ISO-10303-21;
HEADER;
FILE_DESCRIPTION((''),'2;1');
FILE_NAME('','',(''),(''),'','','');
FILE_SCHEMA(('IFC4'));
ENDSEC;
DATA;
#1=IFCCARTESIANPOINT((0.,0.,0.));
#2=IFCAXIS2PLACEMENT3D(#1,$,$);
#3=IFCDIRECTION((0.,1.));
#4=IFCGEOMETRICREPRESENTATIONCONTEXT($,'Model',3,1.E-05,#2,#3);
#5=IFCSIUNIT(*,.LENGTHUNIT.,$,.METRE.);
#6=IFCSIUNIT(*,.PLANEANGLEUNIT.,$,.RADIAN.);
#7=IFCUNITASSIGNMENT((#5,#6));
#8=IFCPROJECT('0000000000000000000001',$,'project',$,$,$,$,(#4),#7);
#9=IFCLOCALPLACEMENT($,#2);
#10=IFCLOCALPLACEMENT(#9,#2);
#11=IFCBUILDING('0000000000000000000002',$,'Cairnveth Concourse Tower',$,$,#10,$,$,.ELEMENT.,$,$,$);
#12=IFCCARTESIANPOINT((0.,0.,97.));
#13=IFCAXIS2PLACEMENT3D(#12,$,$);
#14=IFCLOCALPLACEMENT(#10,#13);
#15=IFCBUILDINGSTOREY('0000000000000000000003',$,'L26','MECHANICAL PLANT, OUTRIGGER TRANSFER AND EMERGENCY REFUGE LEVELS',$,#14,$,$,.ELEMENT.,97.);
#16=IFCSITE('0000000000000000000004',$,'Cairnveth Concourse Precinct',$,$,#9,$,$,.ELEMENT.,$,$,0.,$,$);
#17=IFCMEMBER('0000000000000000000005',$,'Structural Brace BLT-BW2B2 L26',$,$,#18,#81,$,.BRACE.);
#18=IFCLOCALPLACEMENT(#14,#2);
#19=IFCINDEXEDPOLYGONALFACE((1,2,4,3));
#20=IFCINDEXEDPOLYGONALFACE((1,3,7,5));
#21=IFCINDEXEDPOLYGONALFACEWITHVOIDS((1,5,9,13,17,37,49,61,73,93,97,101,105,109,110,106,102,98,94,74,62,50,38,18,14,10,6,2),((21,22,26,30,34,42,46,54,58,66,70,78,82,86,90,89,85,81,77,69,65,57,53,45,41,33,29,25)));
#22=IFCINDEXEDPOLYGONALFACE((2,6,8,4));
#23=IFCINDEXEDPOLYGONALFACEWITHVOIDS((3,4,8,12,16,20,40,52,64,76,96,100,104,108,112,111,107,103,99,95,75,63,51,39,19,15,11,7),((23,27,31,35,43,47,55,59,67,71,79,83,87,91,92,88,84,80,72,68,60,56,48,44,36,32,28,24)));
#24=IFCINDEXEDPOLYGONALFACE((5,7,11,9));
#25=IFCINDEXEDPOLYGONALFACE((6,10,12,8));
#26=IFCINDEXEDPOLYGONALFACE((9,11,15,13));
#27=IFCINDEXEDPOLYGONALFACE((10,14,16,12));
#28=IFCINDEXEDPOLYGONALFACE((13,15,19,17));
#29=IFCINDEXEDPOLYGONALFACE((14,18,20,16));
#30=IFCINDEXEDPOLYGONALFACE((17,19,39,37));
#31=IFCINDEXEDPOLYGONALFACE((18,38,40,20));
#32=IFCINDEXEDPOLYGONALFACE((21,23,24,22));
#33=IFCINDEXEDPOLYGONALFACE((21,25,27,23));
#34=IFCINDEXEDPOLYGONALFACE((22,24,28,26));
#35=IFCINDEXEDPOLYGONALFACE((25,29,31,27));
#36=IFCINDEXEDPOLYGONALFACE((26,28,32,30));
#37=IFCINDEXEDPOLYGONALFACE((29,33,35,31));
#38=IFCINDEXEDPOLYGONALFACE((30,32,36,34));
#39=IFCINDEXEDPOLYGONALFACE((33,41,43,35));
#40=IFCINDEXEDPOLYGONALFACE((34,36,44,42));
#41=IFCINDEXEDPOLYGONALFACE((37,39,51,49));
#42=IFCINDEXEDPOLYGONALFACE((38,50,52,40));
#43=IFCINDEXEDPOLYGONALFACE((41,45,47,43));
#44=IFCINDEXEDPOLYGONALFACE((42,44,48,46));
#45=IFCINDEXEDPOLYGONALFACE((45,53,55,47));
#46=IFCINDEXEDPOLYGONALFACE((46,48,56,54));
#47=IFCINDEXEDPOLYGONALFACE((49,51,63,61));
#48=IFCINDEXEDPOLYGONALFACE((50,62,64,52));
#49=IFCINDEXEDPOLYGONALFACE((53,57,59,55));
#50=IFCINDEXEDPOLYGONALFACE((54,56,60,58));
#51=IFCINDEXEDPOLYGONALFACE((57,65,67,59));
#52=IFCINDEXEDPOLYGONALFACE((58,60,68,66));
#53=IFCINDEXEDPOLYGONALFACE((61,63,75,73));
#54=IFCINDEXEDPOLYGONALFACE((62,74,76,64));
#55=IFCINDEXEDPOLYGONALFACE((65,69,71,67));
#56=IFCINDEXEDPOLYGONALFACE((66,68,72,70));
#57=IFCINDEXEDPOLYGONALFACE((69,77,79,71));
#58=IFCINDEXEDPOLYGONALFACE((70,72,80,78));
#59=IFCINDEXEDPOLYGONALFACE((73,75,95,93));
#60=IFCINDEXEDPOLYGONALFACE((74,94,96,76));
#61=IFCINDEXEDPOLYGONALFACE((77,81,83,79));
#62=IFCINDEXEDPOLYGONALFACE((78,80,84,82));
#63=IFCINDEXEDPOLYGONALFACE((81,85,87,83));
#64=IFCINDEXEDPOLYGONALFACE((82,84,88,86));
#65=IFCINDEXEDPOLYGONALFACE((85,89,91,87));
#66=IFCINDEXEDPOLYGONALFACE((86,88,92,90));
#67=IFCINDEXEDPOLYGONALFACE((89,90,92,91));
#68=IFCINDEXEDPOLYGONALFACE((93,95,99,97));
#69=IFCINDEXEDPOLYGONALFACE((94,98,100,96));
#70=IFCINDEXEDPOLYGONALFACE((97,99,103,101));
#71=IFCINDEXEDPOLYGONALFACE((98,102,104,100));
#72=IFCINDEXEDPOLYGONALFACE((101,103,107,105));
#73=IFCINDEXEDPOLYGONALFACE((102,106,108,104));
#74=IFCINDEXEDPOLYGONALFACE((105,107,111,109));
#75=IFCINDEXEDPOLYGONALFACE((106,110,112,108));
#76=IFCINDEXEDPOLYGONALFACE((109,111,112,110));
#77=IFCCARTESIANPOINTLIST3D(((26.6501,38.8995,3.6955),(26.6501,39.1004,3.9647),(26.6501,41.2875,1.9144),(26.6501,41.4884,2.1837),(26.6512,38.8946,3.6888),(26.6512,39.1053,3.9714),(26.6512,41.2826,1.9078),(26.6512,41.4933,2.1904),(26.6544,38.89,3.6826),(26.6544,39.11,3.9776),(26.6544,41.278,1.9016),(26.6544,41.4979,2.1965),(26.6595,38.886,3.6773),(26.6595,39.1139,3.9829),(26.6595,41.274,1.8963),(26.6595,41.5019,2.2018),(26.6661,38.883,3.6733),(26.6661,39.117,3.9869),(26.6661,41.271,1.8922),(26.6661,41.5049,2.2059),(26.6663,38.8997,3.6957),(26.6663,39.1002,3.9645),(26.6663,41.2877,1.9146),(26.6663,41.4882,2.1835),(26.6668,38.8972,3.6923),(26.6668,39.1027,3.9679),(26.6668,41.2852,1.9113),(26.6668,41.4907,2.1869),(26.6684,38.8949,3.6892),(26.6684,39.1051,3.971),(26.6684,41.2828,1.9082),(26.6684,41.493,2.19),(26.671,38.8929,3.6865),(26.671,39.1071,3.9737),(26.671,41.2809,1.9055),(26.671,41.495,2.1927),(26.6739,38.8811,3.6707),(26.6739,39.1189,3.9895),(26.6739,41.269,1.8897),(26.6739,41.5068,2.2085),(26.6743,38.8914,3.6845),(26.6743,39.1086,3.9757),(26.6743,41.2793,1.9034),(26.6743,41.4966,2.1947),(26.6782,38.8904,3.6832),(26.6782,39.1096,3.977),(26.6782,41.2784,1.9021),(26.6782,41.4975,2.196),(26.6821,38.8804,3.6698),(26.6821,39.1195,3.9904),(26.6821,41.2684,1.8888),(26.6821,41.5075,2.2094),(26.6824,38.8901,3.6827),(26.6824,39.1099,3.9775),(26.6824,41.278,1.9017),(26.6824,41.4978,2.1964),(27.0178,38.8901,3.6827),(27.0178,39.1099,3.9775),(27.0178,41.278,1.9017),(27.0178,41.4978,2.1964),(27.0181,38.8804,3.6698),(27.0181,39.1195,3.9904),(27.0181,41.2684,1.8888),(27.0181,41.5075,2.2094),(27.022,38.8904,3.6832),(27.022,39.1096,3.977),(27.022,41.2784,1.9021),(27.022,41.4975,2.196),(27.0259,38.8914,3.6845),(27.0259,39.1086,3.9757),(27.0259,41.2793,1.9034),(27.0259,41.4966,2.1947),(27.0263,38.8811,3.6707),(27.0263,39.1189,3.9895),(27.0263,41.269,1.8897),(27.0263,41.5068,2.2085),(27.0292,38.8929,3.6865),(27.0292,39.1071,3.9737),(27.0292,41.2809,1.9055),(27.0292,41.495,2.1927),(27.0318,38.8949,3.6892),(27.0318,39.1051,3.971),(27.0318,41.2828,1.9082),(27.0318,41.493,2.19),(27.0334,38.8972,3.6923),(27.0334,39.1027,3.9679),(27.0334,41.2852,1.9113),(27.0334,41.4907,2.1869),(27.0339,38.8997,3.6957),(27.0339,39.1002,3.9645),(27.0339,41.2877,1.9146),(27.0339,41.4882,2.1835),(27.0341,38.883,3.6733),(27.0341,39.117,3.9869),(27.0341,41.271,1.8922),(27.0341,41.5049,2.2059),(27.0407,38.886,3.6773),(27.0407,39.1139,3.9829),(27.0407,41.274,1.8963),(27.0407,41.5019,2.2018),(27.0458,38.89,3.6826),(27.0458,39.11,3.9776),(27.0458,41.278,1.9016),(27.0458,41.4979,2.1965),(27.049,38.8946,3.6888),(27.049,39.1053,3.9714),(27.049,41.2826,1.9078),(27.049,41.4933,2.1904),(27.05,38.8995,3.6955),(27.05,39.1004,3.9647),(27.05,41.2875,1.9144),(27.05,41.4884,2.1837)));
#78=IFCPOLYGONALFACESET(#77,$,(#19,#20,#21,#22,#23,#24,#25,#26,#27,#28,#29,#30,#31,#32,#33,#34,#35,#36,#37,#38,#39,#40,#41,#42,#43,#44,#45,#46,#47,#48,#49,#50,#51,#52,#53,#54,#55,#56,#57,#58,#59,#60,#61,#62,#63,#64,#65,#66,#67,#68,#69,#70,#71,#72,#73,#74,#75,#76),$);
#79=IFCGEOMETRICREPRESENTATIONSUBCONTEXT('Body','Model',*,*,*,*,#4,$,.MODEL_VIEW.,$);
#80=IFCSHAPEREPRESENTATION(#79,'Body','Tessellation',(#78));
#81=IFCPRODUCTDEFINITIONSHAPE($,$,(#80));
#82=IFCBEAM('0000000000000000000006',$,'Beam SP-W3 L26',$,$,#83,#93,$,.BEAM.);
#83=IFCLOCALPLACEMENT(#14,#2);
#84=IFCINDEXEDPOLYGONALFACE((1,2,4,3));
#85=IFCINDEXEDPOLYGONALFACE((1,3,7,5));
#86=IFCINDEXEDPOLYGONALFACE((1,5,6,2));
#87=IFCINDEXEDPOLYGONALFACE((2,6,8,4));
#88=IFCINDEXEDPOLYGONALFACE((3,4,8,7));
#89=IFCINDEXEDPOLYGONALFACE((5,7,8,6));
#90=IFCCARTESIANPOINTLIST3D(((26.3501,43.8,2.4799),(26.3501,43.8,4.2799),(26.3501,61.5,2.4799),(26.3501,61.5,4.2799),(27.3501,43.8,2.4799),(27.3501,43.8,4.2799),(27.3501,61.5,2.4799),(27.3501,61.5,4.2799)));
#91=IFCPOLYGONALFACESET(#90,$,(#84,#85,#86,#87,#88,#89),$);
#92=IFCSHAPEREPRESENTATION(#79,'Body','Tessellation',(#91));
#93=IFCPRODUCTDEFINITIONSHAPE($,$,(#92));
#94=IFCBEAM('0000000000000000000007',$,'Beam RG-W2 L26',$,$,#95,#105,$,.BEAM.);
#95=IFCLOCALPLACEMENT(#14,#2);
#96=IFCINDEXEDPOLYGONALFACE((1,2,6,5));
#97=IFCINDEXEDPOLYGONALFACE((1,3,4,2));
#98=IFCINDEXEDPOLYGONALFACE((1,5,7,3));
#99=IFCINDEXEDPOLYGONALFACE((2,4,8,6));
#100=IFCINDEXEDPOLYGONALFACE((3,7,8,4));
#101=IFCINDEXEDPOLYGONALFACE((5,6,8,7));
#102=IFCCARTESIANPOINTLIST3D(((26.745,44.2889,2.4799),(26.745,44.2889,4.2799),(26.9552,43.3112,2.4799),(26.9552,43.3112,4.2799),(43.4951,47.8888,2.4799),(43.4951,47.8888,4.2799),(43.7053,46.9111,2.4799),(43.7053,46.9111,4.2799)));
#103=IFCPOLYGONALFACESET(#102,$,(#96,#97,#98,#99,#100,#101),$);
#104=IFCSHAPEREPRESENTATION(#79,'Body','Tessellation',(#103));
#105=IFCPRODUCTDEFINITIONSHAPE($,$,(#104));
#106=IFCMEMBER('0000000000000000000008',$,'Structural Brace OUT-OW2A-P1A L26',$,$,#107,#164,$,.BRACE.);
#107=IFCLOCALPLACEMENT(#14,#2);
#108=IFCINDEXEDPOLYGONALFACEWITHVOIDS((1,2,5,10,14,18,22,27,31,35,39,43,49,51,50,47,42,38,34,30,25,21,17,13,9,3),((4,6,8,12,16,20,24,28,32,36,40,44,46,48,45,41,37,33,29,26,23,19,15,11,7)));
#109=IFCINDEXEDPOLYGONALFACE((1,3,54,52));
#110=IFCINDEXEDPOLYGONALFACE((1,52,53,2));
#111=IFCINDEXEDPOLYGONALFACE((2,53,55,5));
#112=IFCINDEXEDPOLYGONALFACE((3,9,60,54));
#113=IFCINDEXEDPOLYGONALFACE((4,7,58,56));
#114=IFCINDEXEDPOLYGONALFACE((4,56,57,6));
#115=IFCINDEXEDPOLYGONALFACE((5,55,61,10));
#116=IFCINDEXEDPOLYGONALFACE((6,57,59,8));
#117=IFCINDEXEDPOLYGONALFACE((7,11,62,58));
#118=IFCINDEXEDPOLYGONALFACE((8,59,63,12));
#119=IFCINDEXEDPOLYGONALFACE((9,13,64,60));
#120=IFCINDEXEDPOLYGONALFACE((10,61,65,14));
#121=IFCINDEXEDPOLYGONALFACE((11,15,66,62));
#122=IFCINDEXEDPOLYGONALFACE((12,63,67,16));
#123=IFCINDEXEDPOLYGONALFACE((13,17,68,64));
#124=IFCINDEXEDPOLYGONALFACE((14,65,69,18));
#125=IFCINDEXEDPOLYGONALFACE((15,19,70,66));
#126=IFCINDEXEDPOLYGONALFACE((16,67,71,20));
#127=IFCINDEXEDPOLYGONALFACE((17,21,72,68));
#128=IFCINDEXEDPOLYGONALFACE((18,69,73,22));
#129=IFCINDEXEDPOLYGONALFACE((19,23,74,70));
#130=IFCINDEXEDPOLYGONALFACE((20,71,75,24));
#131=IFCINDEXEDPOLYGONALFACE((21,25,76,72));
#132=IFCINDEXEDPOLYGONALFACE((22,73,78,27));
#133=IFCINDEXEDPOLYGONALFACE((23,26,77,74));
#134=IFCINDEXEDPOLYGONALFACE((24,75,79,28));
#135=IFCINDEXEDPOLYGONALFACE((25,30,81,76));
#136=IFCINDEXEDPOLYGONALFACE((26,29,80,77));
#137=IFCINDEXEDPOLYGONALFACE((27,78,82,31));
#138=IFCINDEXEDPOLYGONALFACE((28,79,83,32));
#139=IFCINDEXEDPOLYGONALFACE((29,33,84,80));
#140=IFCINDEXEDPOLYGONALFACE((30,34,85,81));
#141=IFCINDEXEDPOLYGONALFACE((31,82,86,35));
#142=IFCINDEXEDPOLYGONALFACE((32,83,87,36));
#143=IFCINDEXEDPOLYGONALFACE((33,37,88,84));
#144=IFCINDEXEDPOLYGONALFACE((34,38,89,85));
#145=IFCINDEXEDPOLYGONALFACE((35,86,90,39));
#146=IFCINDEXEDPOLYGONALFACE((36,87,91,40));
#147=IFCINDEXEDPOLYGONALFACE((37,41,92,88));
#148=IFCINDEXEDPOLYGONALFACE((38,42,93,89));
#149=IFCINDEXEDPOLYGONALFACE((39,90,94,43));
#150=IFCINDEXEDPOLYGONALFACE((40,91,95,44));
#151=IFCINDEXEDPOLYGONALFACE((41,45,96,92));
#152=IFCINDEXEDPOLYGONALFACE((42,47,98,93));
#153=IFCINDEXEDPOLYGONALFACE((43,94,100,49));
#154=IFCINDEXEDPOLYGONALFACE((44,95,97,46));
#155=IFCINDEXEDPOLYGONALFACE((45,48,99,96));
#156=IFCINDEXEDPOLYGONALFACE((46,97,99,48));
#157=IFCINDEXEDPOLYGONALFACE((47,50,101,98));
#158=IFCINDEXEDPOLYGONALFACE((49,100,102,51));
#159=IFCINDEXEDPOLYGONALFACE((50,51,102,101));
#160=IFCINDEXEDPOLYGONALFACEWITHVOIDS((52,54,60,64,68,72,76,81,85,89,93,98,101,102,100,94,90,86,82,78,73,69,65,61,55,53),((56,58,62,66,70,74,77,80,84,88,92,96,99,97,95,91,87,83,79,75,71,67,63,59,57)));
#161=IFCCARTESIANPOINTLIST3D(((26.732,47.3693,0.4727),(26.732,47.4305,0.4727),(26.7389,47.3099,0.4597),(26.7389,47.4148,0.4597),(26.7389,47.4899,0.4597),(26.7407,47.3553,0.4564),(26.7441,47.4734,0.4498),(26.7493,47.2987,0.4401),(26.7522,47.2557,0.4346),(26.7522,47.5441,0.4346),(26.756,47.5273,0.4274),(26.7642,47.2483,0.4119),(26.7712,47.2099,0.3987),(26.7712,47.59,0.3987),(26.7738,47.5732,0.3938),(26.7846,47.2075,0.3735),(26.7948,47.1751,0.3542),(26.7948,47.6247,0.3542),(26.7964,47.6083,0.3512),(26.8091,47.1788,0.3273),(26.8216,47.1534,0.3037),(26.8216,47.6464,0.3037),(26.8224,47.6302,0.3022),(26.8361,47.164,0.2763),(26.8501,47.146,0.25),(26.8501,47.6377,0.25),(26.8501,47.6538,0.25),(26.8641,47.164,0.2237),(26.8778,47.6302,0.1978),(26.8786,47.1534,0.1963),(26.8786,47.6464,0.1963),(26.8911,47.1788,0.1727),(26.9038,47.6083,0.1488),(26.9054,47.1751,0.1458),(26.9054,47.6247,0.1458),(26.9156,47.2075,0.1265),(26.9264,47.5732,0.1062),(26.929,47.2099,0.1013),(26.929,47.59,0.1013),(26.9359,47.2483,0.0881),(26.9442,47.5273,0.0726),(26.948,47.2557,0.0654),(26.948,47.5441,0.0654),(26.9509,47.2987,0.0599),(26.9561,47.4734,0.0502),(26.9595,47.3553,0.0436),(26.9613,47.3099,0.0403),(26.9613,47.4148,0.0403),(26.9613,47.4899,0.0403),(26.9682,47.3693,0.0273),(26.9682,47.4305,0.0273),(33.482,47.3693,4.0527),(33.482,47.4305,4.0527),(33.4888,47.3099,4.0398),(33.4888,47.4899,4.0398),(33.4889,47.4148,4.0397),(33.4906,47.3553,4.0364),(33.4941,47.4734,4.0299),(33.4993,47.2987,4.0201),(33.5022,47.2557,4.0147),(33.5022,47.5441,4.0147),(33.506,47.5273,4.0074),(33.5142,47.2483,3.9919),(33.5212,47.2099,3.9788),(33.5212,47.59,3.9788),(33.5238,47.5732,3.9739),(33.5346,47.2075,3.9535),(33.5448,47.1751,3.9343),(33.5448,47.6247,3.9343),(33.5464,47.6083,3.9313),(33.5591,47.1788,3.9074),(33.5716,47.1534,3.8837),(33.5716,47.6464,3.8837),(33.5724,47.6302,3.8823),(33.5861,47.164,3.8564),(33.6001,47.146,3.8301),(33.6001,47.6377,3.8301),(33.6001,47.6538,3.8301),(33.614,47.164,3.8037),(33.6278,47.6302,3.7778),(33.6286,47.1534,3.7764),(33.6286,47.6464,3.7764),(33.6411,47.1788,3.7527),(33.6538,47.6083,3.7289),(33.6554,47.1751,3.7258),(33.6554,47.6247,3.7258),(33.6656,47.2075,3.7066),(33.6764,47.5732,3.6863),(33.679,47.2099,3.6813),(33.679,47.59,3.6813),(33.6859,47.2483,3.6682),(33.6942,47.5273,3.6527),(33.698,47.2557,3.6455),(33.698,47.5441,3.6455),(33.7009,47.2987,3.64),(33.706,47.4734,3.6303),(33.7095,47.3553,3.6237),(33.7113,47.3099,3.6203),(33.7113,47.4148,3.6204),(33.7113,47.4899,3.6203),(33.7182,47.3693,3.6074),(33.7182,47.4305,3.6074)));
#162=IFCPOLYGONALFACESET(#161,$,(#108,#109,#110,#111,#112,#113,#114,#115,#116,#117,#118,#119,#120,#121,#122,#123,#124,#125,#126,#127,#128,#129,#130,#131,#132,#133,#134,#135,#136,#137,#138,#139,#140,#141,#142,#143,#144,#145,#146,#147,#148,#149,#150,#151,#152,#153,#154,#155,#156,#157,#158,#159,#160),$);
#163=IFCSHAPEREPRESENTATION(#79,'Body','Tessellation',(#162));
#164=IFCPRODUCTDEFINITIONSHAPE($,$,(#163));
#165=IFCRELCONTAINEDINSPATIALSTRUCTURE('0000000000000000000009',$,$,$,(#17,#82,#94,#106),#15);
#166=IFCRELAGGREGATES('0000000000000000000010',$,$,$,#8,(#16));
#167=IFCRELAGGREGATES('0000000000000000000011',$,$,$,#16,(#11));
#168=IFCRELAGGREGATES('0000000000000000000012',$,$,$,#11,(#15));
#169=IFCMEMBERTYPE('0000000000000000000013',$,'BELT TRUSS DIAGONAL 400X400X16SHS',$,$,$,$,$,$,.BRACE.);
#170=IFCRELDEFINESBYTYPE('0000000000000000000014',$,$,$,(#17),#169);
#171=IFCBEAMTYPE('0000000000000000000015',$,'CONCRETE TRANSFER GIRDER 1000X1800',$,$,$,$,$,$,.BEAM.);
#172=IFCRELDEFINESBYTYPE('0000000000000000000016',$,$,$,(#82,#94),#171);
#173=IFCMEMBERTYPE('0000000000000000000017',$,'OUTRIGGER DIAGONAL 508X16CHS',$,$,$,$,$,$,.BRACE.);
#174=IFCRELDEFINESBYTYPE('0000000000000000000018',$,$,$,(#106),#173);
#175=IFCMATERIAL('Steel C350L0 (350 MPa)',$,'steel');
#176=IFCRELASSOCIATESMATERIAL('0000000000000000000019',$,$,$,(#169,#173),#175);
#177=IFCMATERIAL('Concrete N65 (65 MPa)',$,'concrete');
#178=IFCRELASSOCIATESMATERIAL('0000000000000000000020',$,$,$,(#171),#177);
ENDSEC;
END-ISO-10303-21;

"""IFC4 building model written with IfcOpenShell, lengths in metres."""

from ifc_helpers import new_model, si_unit, direction, frame, origin, origin_2d, place, context, subcontext, project, spatial, rectangle, hollow_rectangle, hollow_circle, extrude, material, material_profile, profile_set, type_object, element, save


model = new_model("IFC4")

# Units and contexts
model_context = context("Model", 3, precision=1e-05, world=origin(), true_north=direction((0.0, 1.0)))
body_context = subcontext(model_context, "Body", "Model", "MODEL_VIEW")
ifc_project = project(units=[si_unit("LENGTHUNIT", "METRE"), si_unit("PLANEANGLEUNIT", "RADIAN")], contexts=[model_context])

# Site, building, storey
site_placement = place(None, origin())
site = spatial("IfcSite", under=ifc_project, at=site_placement, Name="Cairnveth Concourse Precinct", CompositionType="ELEMENT", RefElevation=0.0)
building_placement = place(site_placement, origin())
building = spatial("IfcBuilding", under=site, at=building_placement, Name="Cairnveth Concourse Tower", CompositionType="ELEMENT")
storey_placement = place(building_placement, frame((0.0, 0.0, 97.0)))
storey = spatial("IfcBuildingStorey", under=building, at=storey_placement, Name="L26", Description="MECHANICAL PLANT, OUTRIGGER TRANSFER AND EMERGENCY REFUGE LEVELS", CompositionType="ELEMENT", Elevation=97.0)

# Shared definitions
ifc_material_1 = material(Name="Concrete N65 (65 MPa)", Category="concrete")

# Member
ifc_material_2 = material(Name="Steel C350L0 (350 MPa)", Category="steel")
ifc_material_profile_1 = material_profile(ifc_material_2, hollow_rectangle(XDim=0.3999, YDim=0.3999, WallThickness=0.0161, InnerFilletRadius=0.0161, OuterFilletRadius=0.032, at=origin_2d()), Name="400x400x16.0SHS")
ifc_profile_set_1 = profile_set([ifc_material_profile_1], Name="Steel C350L0 (350 MPa)")
member_type_1 = type_object("IfcMemberType", Name="BELT TRUSS DIAGONAL 400X400X16SHS", PredefinedType="BRACE", material=ifc_profile_set_1)
for number, where, z_axis, x_axis, name in (
    (1, (26.8501, 41.3879, 2.0491), (0.0, -0.8016, 0.59786), (1.0, 0.0, 0.0), "Structural Brace BLT-BW2B2 L26"),
):
    element("IfcMember", number, at=place(storey_placement, frame(where, z_axis=z_axis, x_axis=x_axis)), inside=storey, type_object=member_type_1, Name=name, PredefinedType="BRACE", context=body_context, shape_type="SweptSolid", body=[
        extrude(hollow_rectangle(XDim=0.3999, YDim=0.3999, WallThickness=0.0161, InnerFilletRadius=0.0161, OuterFilletRadius=0.032, at=origin_2d()), origin(), (0.0, 0.0, 1.0), 2.979),
    ])

# Beams
ifc_material_profile_2 = material_profile(ifc_material_1, rectangle(XDim=1.0, YDim=1.8, at=origin_2d()), Name="RC-TB-1000x1800")
ifc_profile_set_2 = profile_set([ifc_material_profile_2], Name="Concrete N65 (65 MPa)")
beam_type = type_object("IfcBeamType", Name="CONCRETE TRANSFER GIRDER 1000X1800", PredefinedType="BEAM", material=ifc_profile_set_2)
beam_1_placement = place(storey_placement, frame((26.8501, 43.8, 3.3799), z_axis=(0.0, 1.0, 0.0), x_axis=(-1.0, 0.0, 0.0)))
element("IfcBeam", 2, at=beam_1_placement, inside=storey, type_object=beam_type, Name="Beam SP-W3 L26", PredefinedType="BEAM", context=body_context, shape_type="SweptSolid", body=[
    extrude(rectangle(XDim=1.0, YDim=1.8, at=origin_2d()), origin(), (0.0, 0.0, 1.0), 17.7),
])
beam_2_placement = place(storey_placement, frame((26.8501, 43.8, 3.3799), z_axis=(0.977676, 0.210119, 0.0), x_axis=(-0.210119, 0.977676, 0.0)))
element("IfcBeam", 3, at=beam_2_placement, inside=storey, type_object=beam_type, Name="Beam RG-W2 L26", PredefinedType="BEAM", context=body_context, shape_type="SweptSolid", body=[
    extrude(rectangle(XDim=1.0, YDim=1.8, at=origin_2d()), origin(), (0.0, 0.0, 1.0), 17.1326),
])

# Member
ifc_material_profile_3 = material_profile(ifc_material_2, hollow_circle(Radius=0.2539, WallThickness=0.0161, at=origin_2d()), Name="508.0x16.0CHS")
ifc_profile_set_3 = profile_set([ifc_material_profile_3], Name="Steel C350L0 (350 MPa)")
member_type_2 = type_object("IfcMemberType", Name="OUTRIGGER DIAGONAL 508X16CHS", PredefinedType="BRACE", material=ifc_profile_set_3)
member_1_placement = place(storey_placement, frame((26.8501, 47.3999, 0.25), z_axis=(0.883433, 0.0, 0.468557), x_axis=(0.0, 1.0, 0.0)))
element("IfcMember", 4, at=member_1_placement, inside=storey, type_object=member_type_2, Name="Structural Brace OUT-OW2A-P1A L26", PredefinedType="BRACE", context=body_context, shape_type="SweptSolid", body=[
    extrude(hollow_circle(Radius=0.2539, WallThickness=0.0161, at=origin_2d()), origin(), (0.0, 0.0, 1.0), 7.6406),
])

save(model, "model.ifc")
